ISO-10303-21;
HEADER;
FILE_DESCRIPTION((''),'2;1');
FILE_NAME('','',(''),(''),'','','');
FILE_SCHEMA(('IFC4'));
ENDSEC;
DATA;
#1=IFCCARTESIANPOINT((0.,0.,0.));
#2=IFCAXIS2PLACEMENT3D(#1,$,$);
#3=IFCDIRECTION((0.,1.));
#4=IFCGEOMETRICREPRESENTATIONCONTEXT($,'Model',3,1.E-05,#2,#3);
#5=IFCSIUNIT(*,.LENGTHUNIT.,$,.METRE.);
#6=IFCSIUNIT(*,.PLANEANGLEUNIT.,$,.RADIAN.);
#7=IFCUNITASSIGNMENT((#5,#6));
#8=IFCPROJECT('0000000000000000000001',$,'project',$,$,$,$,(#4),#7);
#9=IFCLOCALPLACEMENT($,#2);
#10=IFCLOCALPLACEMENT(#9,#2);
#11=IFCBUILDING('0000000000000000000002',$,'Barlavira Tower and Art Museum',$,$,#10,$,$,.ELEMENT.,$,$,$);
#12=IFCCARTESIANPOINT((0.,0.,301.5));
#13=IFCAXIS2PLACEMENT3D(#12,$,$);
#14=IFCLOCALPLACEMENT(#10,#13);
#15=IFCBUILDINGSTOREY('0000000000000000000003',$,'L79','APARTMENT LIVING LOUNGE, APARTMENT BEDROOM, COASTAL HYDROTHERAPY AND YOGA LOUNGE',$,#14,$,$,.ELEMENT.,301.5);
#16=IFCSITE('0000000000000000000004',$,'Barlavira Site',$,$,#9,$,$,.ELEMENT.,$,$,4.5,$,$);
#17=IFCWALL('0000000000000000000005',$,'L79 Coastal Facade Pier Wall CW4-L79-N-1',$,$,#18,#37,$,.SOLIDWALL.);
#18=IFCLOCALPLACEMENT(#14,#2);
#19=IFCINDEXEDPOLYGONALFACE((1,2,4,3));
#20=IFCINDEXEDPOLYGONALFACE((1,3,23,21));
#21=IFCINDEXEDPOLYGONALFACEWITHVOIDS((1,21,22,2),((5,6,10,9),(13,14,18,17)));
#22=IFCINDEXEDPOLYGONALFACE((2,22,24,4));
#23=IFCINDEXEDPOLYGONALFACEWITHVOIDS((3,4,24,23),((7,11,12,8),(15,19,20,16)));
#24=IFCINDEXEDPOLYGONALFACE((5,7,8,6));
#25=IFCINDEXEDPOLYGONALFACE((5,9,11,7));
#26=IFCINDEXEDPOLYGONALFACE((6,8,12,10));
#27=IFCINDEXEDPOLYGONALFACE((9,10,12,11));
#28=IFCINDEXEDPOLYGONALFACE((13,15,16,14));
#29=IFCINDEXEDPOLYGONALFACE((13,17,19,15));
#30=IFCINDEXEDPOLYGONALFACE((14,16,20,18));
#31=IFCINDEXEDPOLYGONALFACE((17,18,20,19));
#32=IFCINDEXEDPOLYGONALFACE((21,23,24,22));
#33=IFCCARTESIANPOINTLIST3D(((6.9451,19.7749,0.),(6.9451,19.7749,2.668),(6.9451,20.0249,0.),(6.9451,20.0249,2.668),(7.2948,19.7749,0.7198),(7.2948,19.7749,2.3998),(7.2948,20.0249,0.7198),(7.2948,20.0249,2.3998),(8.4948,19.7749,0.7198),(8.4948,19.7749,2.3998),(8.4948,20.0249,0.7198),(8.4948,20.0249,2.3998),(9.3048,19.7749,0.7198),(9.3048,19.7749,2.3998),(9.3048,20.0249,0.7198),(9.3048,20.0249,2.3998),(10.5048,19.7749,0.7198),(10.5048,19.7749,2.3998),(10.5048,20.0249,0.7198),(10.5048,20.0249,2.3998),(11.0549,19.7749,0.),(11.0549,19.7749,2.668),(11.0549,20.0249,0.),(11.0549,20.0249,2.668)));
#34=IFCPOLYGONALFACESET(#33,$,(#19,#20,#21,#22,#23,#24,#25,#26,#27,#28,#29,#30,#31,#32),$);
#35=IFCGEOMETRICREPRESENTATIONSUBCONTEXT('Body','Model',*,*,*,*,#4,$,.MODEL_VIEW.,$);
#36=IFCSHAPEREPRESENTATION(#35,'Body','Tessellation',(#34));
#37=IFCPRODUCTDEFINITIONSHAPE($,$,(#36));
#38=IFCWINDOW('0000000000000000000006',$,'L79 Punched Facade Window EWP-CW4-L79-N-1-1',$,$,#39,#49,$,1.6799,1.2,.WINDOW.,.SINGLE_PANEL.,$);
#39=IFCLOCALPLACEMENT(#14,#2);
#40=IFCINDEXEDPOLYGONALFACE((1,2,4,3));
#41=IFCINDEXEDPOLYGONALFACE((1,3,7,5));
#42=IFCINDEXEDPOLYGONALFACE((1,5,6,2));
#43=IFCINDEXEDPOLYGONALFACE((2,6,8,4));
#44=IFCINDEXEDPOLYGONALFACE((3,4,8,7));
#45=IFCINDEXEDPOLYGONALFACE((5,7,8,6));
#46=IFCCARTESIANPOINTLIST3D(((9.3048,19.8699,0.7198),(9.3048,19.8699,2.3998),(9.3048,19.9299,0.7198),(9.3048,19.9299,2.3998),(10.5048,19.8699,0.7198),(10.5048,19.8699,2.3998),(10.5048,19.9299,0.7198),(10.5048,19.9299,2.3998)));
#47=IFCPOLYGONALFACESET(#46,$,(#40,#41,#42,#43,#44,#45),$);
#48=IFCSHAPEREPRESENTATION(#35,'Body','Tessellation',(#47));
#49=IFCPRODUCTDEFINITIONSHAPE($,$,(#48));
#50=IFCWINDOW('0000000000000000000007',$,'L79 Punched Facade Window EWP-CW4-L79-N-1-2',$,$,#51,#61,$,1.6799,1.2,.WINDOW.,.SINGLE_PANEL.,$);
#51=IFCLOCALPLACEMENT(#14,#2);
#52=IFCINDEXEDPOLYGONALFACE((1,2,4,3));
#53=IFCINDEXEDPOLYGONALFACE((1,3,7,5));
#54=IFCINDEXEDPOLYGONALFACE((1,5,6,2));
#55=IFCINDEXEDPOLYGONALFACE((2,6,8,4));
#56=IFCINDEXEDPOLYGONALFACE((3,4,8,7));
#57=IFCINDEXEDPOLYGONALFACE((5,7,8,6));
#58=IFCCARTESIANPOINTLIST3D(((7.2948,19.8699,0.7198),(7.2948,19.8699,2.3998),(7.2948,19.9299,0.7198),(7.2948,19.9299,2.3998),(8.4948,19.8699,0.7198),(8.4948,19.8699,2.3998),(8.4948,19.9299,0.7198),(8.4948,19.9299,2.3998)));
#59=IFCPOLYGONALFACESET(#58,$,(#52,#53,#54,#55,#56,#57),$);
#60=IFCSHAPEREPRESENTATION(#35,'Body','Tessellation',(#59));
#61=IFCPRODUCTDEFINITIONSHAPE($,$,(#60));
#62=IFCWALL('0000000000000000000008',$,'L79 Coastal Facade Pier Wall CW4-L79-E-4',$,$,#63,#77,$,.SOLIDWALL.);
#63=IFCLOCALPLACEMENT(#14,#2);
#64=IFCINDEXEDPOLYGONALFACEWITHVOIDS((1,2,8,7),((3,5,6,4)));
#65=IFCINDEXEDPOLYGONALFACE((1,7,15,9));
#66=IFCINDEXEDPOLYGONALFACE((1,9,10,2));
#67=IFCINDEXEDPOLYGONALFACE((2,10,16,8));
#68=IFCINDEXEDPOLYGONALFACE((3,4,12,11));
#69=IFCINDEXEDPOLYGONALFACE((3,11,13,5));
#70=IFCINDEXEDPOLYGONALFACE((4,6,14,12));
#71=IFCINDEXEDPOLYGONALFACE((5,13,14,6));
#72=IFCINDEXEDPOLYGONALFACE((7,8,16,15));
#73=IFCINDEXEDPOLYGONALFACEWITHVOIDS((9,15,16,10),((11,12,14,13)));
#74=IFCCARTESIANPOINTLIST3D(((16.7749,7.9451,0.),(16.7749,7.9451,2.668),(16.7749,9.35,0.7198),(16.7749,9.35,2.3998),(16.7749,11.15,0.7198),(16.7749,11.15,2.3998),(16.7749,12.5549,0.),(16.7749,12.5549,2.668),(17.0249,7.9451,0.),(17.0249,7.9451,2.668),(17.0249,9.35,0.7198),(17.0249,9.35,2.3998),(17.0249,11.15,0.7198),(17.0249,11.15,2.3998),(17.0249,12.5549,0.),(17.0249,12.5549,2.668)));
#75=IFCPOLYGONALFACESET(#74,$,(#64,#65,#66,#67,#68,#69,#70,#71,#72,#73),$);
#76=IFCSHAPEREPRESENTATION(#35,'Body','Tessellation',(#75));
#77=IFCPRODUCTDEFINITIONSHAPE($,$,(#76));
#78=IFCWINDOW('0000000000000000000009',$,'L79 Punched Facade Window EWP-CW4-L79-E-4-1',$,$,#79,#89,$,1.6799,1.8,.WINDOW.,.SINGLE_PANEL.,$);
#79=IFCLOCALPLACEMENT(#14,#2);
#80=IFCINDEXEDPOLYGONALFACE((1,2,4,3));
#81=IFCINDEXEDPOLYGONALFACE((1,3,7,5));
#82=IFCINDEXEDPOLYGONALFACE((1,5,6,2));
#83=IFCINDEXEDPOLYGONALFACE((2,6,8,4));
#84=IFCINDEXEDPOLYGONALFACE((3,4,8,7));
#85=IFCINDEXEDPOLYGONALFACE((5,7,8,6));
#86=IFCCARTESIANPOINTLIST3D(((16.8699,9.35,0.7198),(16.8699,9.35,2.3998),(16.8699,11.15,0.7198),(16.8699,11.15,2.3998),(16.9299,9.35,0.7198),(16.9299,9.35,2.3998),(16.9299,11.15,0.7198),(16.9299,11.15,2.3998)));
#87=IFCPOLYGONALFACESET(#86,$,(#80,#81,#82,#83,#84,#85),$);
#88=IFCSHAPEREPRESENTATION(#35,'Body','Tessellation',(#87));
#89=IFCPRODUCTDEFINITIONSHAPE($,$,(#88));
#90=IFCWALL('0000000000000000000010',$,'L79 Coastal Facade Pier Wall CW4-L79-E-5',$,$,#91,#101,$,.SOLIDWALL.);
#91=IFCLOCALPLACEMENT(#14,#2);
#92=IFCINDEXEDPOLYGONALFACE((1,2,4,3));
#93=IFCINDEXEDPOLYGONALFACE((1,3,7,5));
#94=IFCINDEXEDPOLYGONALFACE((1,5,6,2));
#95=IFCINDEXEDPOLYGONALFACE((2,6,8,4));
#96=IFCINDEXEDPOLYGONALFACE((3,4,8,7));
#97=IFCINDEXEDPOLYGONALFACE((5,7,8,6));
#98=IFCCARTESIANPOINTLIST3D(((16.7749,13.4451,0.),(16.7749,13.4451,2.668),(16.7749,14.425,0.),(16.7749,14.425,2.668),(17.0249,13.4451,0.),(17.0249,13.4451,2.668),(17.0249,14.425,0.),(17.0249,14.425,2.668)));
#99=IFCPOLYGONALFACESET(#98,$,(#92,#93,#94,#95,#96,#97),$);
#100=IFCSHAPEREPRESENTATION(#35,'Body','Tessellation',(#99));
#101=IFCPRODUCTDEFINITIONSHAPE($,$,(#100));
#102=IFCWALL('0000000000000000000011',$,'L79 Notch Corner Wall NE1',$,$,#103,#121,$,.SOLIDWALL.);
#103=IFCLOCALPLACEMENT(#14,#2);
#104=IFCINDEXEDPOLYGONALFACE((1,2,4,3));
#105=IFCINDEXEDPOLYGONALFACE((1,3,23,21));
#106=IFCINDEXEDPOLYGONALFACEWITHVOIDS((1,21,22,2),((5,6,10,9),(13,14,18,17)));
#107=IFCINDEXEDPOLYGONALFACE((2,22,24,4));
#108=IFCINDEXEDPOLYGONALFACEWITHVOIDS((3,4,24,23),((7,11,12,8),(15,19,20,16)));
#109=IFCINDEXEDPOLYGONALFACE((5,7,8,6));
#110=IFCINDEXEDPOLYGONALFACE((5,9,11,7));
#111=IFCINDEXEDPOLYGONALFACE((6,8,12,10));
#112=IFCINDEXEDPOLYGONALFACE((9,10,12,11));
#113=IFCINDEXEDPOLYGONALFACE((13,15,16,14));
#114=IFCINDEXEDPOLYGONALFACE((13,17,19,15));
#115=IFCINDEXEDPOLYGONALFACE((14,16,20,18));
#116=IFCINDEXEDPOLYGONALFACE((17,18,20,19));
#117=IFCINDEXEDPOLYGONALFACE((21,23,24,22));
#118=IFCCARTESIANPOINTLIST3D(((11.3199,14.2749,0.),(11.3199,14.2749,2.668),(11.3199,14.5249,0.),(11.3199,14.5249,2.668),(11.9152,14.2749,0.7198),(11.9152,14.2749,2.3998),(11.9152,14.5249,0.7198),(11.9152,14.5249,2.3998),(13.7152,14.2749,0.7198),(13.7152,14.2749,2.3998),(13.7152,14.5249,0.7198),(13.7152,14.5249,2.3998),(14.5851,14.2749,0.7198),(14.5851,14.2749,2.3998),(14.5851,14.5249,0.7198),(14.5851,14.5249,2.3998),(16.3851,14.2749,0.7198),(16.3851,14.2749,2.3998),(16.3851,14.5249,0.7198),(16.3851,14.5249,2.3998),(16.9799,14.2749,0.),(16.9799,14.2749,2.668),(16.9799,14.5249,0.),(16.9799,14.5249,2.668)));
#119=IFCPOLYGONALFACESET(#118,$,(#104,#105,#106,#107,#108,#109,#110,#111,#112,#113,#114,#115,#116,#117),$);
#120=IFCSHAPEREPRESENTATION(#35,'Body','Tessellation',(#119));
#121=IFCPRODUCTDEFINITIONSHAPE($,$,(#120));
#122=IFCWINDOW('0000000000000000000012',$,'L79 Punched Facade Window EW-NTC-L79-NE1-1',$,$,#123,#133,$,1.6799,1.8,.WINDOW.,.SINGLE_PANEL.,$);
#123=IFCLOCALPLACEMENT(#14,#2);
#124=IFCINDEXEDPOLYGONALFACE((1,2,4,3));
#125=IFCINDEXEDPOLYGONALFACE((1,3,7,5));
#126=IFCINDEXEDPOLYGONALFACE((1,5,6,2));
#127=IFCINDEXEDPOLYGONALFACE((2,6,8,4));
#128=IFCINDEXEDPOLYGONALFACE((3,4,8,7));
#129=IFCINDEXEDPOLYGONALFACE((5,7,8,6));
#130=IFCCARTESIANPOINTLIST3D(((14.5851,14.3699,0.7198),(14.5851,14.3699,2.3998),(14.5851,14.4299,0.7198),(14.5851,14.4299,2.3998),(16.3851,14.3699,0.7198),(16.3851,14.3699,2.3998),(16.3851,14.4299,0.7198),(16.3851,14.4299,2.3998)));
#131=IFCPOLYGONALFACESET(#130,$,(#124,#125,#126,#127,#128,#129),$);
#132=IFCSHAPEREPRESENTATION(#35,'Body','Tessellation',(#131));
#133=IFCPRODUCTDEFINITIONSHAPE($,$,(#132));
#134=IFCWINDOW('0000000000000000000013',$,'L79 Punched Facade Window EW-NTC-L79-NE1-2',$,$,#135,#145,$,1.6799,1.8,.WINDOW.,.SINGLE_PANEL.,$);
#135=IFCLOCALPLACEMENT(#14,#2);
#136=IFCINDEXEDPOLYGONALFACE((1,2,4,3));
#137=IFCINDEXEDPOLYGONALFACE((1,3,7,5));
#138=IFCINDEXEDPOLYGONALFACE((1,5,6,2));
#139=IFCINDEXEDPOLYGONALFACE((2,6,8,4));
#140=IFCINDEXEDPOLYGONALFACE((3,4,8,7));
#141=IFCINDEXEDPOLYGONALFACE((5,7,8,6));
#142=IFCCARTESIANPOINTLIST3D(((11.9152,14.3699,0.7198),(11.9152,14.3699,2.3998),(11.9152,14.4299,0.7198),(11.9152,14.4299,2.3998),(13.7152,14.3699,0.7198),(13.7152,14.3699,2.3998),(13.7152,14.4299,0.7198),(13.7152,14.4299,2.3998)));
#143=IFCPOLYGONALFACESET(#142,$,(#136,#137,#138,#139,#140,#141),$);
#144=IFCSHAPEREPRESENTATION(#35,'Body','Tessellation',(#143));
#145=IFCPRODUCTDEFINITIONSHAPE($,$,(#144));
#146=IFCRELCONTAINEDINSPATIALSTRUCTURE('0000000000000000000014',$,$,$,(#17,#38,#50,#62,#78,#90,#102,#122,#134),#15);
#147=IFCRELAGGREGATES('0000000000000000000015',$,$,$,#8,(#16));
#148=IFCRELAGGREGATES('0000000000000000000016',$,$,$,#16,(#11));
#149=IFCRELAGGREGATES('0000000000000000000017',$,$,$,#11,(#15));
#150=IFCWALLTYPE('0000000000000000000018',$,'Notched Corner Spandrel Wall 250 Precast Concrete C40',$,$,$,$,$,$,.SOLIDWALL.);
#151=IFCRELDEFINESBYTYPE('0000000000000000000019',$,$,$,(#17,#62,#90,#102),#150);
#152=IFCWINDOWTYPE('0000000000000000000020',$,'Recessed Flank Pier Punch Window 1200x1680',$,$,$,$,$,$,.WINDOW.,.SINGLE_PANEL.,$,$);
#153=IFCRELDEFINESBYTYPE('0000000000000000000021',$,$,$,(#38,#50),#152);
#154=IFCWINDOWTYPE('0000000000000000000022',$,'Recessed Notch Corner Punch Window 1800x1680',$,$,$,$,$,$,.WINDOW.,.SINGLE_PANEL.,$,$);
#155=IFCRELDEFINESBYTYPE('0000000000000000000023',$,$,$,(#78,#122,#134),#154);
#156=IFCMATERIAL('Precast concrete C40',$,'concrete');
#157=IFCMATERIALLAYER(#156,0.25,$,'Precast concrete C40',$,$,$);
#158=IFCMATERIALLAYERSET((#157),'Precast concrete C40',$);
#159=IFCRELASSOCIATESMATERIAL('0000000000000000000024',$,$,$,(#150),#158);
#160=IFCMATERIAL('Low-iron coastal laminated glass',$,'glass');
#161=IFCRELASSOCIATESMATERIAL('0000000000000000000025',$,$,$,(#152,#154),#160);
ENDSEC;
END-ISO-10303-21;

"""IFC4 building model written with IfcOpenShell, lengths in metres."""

from ifc_helpers import new_model, si_unit, direction, frame, frame_2d, origin, place, context, subcontext, project, spatial, rectangle, extrude, material, layer, layer_set, type_object, element, fill, save


model = new_model("IFC4")

# Units and contexts
model_context = context("Model", 3, precision=1e-05, world=origin(), true_north=direction((0.0, 1.0)))
body_context = subcontext(model_context, "Body", "Model", "MODEL_VIEW")
ifc_project = project(units=[si_unit("LENGTHUNIT", "METRE"), si_unit("PLANEANGLEUNIT", "RADIAN")], contexts=[model_context])

# Site, building, storey
site_placement = place(None, origin())
site = spatial("IfcSite", under=ifc_project, at=site_placement, Name="Barlavira Site", CompositionType="ELEMENT", RefElevation=4.5)
building_placement = place(site_placement, origin())
building = spatial("IfcBuilding", under=site, at=building_placement, Name="Barlavira Tower and Art Museum", CompositionType="ELEMENT")
storey_placement = place(building_placement, frame((0.0, 0.0, 301.5)))
storey = spatial("IfcBuildingStorey", under=building, at=storey_placement, Name="L79", Description="APARTMENT LIVING LOUNGE, APARTMENT BEDROOM, COASTAL HYDROTHERAPY AND YOGA LOUNGE", CompositionType="ELEMENT", Elevation=301.5)

# Wall, openings, windows
ifc_material_1 = material(Name="Precast concrete C40", Category="concrete")
ifc_layer_1 = layer(ifc_material_1, 0.25, Name="Precast concrete C40")
ifc_layer_set_1 = layer_set([ifc_layer_1], Name="Precast concrete C40")
wall_type_1 = type_object("IfcWallType", Name="Notched Corner Spandrel Wall 250 Precast Concrete C40", PredefinedType="SOLIDWALL", material=ifc_layer_set_1)
wall_1_placement = place(storey_placement, frame((11.0549, 19.8999, 0.0), z_axis=(0.0, 0.0, 1.0), x_axis=(-1.0, 0.0, 0.0)))
wall_1 = element("IfcWall", 1, at=wall_1_placement, inside=storey, type_object=wall_type_1, Name="L79 Coastal Facade Pier Wall CW4-L79-N-1", PredefinedType="SOLIDWALL", context=body_context, shape_type="SweptSolid", body=[
    extrude(rectangle(XDim=4.1099, YDim=0.25, at=frame_2d((2.0549, 0.0))), origin(), (0.0, 0.0, 1.0), 2.668),
])
opening_1_placement = place(wall_1_placement, frame((0.55, 0.0, 0.72)))
opening_1 = element("IfcOpeningElement", 2, at=opening_1_placement, cuts=wall_1, PredefinedType="OPENING", context=body_context, shape_type="SweptSolid", body=[
    extrude(rectangle(XDim=1.2, YDim=1.6799, at=frame_2d((0.6001, 0.8398))), frame((0.0, 0.135, 0.0), z_axis=(0.0, -1.0, 0.0), x_axis=(1.0, 0.0, 0.0)), (0.0, 0.0, 1.0), 0.27),
])
opening_2_placement = place(wall_1_placement, frame((2.5601, 0.0, 0.72)))
opening_2 = element("IfcOpeningElement", 3, at=opening_2_placement, cuts=wall_1, PredefinedType="OPENING", context=body_context, shape_type="SweptSolid", body=[
    extrude(rectangle(XDim=1.2, YDim=1.6799, at=frame_2d((0.6001, 0.8398))), frame((0.0, 0.135, 0.0), z_axis=(0.0, -1.0, 0.0), x_axis=(1.0, 0.0, 0.0)), (0.0, 0.0, 1.0), 0.27),
])
ifc_material_2 = material(Name="Low-iron coastal laminated glass", Category="glass")
window_type_1 = type_object("IfcWindowType", Name="Recessed Flank Pier Punch Window 1200x1680", PartitioningType="SINGLE_PANEL", PredefinedType="WINDOW", material=ifc_material_2)
window_1_placement = place(opening_1_placement, origin())
window_1 = element("IfcWindow", 4, at=window_1_placement, inside=storey, type_object=window_type_1, Name="L79 Punched Facade Window EWP-CW4-L79-N-1-1", OverallHeight=1.6799, OverallWidth=1.2, PartitioningType="SINGLE_PANEL", PredefinedType="WINDOW", context=body_context, shape_type="SweptSolid", body=[
    extrude(rectangle(XDim=1.2, YDim=1.6799, at=frame_2d((0.6001, 0.8398))), frame((0.0, 0.03, 0.0), z_axis=(0.0, -1.0, 0.0), x_axis=(1.0, 0.0, 0.0)), (0.0, 0.0, 1.0), 0.0601),
])
fill(opening_1, window_1)
window_2_placement = place(opening_2_placement, origin())
window_2 = element("IfcWindow", 5, at=window_2_placement, inside=storey, type_object=window_type_1, Name="L79 Punched Facade Window EWP-CW4-L79-N-1-2", OverallHeight=1.6799, OverallWidth=1.2, PartitioningType="SINGLE_PANEL", PredefinedType="WINDOW", context=body_context, shape_type="SweptSolid", body=[
    extrude(rectangle(XDim=1.2, YDim=1.6799, at=frame_2d((0.6001, 0.8398))), frame((0.0, 0.03, 0.0), z_axis=(0.0, -1.0, 0.0), x_axis=(1.0, 0.0, 0.0)), (0.0, 0.0, 1.0), 0.0601),
])
fill(opening_2, window_2)

# Wall, opening, window
wall_2_placement = place(storey_placement, frame((16.8999, 7.9451, 0.0), z_axis=(0.0, 0.0, 1.0), x_axis=(0.0, 1.0, 0.0)))
wall_2 = element("IfcWall", 6, at=wall_2_placement, inside=storey, type_object=wall_type_1, Name="L79 Coastal Facade Pier Wall CW4-L79-E-4", PredefinedType="SOLIDWALL", context=body_context, shape_type="SweptSolid", body=[
    extrude(rectangle(XDim=4.6099, YDim=0.25, at=frame_2d((2.3049, 0.0))), origin(), (0.0, 0.0, 1.0), 2.668),
])
opening_3_placement = place(wall_2_placement, frame((1.405, 0.0, 0.72)))
opening_3 = element("IfcOpeningElement", 7, at=opening_3_placement, cuts=wall_2, PredefinedType="OPENING", context=body_context, shape_type="SweptSolid", body=[
    extrude(rectangle(XDim=1.8, YDim=1.6799, at=frame_2d((0.8999, 0.8398))), frame((0.0, 0.135, 0.0), z_axis=(0.0, -1.0, 0.0), x_axis=(1.0, 0.0, 0.0)), (0.0, 0.0, 1.0), 0.27),
])
window_type_2 = type_object("IfcWindowType", Name="Recessed Notch Corner Punch Window 1800x1680", PartitioningType="SINGLE_PANEL", PredefinedType="WINDOW", material=ifc_material_2)
window_3_placement = place(opening_3_placement, origin())
window_3 = element("IfcWindow", 8, at=window_3_placement, inside=storey, type_object=window_type_2, Name="L79 Punched Facade Window EWP-CW4-L79-E-4-1", OverallHeight=1.6799, OverallWidth=1.8, PartitioningType="SINGLE_PANEL", PredefinedType="WINDOW", context=body_context, shape_type="SweptSolid", body=[
    extrude(rectangle(XDim=1.8, YDim=1.6799, at=frame_2d((0.8999, 0.8398))), frame((0.0, 0.03, 0.0), z_axis=(0.0, -1.0, 0.0), x_axis=(1.0, 0.0, 0.0)), (0.0, 0.0, 1.0), 0.0601),
])
fill(opening_3, window_3)

# Wall
wall_3_placement = place(storey_placement, frame((16.8999, 13.4451, 0.0), z_axis=(0.0, 0.0, 1.0), x_axis=(0.0, 1.0, 0.0)))
element("IfcWall", 9, at=wall_3_placement, inside=storey, type_object=wall_type_1, Name="L79 Coastal Facade Pier Wall CW4-L79-E-5", PredefinedType="SOLIDWALL", context=body_context, shape_type="SweptSolid", body=[
    extrude(rectangle(XDim=0.98, YDim=0.25, at=frame_2d((0.49, 0.0))), origin(), (0.0, 0.0, 1.0), 2.668),
])

# Wall, openings, windows
wall_4_placement = place(storey_placement, frame((16.98, 14.3999, 0.0), z_axis=(0.0, 0.0, 1.0), x_axis=(-1.0, 0.0, 0.0)))
wall_4 = element("IfcWall", 10, at=wall_4_placement, inside=storey, type_object=wall_type_1, Name="L79 Notch Corner Wall NE1", PredefinedType="SOLIDWALL", context=body_context, shape_type="SweptSolid", body=[
    extrude(rectangle(XDim=5.6599, YDim=0.25, at=frame_2d((2.8301, 0.0))), origin(), (0.0, 0.0, 1.0), 2.668),
])
opening_4_placement = place(wall_4_placement, frame((0.595, 0.0, 0.72)))
opening_4 = element("IfcOpeningElement", 11, at=opening_4_placement, cuts=wall_4, PredefinedType="OPENING", context=body_context, shape_type="SweptSolid", body=[
    extrude(rectangle(XDim=1.8, YDim=1.6799, at=frame_2d((0.8999, 0.8398))), frame((0.0, 0.135, 0.0), z_axis=(0.0, -1.0, 0.0), x_axis=(1.0, 0.0, 0.0)), (0.0, 0.0, 1.0), 0.27),
])
opening_5_placement = place(wall_4_placement, frame((3.2649, 0.0, 0.72)))
opening_5 = element("IfcOpeningElement", 12, at=opening_5_placement, cuts=wall_4, PredefinedType="OPENING", context=body_context, shape_type="SweptSolid", body=[
    extrude(rectangle(XDim=1.8, YDim=1.6799, at=frame_2d((0.8999, 0.8398))), frame((0.0, 0.135, 0.0), z_axis=(0.0, -1.0, 0.0), x_axis=(1.0, 0.0, 0.0)), (0.0, 0.0, 1.0), 0.27),
])
window_4_placement = place(opening_4_placement, origin())
window_4 = element("IfcWindow", 13, at=window_4_placement, inside=storey, type_object=window_type_2, Name="L79 Punched Facade Window EW-NTC-L79-NE1-1", OverallHeight=1.6799, OverallWidth=1.8, PartitioningType="SINGLE_PANEL", PredefinedType="WINDOW", context=body_context, shape_type="SweptSolid", body=[
    extrude(rectangle(XDim=1.8, YDim=1.6799, at=frame_2d((0.8999, 0.8398))), frame((0.0, 0.03, 0.0), z_axis=(0.0, -1.0, 0.0), x_axis=(1.0, 0.0, 0.0)), (0.0, 0.0, 1.0), 0.0601),
])
fill(opening_4, window_4)
window_5_placement = place(opening_5_placement, origin())
window_5 = element("IfcWindow", 14, at=window_5_placement, inside=storey, type_object=window_type_2, Name="L79 Punched Facade Window EW-NTC-L79-NE1-2", OverallHeight=1.6799, OverallWidth=1.8, PartitioningType="SINGLE_PANEL", PredefinedType="WINDOW", context=body_context, shape_type="SweptSolid", body=[
    extrude(rectangle(XDim=1.8, YDim=1.6799, at=frame_2d((0.8999, 0.8398))), frame((0.0, 0.03, 0.0), z_axis=(0.0, -1.0, 0.0), x_axis=(1.0, 0.0, 0.0)), (0.0, 0.0, 1.0), 0.0601),
])
fill(opening_5, window_5)

save(model, "model.ifc")
